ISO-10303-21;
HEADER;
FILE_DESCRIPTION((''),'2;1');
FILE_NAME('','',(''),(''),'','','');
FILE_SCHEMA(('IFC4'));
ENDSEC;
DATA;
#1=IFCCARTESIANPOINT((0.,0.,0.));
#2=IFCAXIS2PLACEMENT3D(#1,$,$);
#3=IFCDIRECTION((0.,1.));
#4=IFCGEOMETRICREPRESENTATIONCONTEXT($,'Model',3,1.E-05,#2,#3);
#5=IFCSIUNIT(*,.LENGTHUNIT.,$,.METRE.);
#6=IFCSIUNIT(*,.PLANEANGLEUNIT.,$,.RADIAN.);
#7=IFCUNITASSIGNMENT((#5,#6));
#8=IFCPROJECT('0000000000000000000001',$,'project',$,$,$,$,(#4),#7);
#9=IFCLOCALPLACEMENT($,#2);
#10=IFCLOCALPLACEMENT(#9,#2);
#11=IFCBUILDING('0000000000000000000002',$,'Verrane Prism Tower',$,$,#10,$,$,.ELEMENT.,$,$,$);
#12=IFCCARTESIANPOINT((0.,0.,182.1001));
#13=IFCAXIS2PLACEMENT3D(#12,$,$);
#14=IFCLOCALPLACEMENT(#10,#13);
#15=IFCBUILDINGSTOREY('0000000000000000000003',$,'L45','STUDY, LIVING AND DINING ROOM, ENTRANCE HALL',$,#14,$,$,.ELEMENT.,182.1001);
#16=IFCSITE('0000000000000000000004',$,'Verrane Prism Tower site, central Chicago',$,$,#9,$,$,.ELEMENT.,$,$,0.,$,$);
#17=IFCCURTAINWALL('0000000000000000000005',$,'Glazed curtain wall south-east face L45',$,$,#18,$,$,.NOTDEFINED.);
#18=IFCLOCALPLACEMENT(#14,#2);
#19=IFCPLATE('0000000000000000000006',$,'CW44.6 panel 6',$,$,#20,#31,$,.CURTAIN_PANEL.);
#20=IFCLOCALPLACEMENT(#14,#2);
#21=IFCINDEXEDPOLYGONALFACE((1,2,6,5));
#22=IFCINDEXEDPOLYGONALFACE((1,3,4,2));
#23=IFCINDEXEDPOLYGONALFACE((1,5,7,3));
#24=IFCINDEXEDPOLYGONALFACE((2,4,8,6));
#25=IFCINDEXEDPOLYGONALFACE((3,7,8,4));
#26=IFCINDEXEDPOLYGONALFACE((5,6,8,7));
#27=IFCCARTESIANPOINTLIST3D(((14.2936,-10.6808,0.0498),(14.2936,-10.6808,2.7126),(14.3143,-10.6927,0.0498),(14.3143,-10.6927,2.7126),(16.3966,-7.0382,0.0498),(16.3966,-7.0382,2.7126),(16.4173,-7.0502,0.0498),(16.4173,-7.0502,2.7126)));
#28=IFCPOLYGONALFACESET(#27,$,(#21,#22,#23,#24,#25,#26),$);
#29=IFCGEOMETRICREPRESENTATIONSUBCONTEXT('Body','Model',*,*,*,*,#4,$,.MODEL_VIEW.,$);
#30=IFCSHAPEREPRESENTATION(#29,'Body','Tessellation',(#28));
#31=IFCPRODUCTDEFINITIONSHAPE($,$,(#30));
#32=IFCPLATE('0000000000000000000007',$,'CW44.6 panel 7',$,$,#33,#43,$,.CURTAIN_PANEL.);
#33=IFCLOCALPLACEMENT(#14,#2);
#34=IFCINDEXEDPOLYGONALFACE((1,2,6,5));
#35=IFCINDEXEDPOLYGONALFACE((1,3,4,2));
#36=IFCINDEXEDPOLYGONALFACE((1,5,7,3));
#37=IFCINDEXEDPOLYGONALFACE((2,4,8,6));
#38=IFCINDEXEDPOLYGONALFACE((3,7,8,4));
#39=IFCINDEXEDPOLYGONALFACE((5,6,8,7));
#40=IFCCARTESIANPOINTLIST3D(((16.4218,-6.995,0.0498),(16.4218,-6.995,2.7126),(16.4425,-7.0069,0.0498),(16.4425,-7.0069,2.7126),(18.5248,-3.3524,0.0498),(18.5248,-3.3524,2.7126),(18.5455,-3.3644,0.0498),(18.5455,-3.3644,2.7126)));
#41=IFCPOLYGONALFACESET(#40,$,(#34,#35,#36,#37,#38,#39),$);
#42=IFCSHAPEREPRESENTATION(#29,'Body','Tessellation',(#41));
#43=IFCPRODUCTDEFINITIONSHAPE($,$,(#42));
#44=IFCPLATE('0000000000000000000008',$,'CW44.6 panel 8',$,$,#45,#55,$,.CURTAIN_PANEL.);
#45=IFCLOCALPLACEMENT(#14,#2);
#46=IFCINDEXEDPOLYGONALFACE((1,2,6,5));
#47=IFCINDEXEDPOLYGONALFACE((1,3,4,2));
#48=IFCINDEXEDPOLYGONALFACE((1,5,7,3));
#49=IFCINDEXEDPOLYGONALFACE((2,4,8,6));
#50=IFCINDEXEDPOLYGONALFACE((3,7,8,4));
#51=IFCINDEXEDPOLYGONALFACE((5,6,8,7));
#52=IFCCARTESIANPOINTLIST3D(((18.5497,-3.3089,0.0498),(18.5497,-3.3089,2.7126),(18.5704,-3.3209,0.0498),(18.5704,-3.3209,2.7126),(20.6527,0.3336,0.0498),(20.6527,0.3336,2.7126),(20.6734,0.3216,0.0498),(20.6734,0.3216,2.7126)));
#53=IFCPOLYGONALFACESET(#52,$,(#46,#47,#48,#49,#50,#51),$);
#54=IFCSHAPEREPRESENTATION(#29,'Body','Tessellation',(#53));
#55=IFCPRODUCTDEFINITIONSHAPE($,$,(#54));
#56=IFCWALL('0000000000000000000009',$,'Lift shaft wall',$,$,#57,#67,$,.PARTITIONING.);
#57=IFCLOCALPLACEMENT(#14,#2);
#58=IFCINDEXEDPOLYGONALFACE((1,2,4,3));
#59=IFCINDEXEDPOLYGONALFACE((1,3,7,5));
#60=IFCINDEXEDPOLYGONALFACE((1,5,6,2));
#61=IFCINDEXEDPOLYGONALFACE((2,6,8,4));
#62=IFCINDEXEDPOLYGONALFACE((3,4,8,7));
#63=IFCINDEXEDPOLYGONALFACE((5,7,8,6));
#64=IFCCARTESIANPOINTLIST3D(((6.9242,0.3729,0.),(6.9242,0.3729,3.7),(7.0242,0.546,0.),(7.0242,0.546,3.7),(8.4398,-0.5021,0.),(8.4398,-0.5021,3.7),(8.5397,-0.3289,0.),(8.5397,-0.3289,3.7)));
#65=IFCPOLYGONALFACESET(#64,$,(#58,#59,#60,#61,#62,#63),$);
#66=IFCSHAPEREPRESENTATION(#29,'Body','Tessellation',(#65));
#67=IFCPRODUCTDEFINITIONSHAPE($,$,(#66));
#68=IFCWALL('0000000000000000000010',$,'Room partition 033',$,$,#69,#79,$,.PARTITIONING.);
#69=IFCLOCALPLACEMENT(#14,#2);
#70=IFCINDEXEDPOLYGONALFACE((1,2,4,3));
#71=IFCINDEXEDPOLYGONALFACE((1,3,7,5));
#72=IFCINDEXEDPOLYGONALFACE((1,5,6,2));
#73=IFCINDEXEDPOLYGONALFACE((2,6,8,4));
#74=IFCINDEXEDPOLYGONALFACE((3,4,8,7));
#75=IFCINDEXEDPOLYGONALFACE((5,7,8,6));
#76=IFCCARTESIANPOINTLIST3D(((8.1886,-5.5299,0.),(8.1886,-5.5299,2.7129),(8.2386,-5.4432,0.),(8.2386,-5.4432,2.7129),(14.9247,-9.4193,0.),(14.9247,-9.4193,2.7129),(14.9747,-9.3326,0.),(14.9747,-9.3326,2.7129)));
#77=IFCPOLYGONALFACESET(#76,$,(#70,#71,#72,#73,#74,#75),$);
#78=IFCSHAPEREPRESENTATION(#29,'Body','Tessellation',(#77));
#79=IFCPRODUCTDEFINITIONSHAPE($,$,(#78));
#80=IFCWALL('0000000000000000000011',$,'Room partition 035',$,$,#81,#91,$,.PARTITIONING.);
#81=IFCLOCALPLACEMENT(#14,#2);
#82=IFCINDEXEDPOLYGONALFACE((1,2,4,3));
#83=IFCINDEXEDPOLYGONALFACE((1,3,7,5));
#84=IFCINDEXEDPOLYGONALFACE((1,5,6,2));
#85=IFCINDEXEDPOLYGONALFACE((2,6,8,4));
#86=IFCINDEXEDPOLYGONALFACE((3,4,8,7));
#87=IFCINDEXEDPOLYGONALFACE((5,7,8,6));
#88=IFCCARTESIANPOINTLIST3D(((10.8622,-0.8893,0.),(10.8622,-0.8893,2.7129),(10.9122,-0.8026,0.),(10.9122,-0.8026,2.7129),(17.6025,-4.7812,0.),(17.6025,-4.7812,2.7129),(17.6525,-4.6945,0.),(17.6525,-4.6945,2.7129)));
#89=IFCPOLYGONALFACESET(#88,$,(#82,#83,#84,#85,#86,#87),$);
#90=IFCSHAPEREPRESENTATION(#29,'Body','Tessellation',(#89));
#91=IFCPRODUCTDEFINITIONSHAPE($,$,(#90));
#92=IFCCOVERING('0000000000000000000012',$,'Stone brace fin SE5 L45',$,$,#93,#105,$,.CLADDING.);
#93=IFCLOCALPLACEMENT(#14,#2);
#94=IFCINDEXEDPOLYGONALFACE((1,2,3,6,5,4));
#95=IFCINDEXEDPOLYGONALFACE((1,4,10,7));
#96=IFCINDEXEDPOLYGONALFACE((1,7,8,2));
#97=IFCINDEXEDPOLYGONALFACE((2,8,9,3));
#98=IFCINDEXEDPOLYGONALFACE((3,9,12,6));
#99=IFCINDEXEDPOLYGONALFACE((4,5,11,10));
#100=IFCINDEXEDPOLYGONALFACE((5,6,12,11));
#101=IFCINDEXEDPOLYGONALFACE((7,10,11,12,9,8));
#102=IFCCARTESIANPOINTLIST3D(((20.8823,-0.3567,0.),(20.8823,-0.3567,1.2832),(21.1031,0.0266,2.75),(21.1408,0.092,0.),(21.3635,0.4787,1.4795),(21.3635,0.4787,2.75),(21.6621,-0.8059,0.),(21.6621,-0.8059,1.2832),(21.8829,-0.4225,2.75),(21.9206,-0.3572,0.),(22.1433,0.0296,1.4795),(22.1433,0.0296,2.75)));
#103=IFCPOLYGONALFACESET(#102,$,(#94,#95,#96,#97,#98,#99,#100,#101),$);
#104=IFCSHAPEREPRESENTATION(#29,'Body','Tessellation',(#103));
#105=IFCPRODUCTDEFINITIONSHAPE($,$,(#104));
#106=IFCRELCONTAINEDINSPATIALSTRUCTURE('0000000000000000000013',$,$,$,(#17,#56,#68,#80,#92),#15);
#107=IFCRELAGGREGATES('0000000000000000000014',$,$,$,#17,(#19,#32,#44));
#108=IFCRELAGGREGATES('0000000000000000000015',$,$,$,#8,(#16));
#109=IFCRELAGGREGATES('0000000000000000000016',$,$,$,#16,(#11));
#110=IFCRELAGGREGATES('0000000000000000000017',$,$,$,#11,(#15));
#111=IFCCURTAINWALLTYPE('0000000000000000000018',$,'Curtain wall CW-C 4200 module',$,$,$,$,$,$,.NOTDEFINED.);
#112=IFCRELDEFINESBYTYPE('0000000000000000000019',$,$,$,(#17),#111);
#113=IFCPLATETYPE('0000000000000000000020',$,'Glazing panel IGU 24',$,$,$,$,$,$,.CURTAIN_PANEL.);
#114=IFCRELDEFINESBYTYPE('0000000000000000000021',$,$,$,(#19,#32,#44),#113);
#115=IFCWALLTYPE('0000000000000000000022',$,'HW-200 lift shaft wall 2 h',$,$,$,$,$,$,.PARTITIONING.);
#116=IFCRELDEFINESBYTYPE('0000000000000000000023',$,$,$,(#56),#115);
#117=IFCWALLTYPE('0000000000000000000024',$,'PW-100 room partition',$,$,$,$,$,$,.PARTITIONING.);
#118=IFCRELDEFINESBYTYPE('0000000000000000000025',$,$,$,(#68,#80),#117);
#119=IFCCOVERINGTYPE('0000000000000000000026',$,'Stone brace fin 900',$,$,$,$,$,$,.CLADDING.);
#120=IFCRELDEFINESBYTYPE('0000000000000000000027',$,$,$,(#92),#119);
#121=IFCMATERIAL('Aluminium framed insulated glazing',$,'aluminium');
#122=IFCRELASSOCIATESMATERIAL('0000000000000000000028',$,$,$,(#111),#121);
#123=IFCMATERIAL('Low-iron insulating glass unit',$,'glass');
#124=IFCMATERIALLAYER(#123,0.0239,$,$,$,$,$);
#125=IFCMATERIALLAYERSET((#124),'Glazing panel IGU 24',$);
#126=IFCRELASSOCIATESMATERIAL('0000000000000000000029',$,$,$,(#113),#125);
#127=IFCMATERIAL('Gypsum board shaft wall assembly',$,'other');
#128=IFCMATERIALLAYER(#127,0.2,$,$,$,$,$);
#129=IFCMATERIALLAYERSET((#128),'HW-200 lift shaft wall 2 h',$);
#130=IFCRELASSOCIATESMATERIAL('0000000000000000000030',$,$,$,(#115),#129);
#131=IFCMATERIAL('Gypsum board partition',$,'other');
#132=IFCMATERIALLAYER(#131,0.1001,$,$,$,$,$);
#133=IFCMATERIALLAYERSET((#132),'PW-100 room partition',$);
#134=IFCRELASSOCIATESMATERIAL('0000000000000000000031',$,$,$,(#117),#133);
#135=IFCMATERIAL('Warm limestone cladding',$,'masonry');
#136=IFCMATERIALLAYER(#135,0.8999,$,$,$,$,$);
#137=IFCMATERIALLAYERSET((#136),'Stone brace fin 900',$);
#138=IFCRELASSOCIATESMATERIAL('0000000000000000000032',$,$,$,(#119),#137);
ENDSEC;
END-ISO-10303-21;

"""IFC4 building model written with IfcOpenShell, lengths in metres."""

from ifc_helpers import new_model, si_unit, direction, frame, frame_2d, origin, origin_2d, place, context, subcontext, project, spatial, polyline, rectangle, outline, extrude, material, layer, layer_set, type_object, element, aggregate, save


model = new_model("IFC4")

# Units and contexts
model_context = context("Model", 3, precision=1e-05, world=origin(), true_north=direction((0.0, 1.0)))
body_context = subcontext(model_context, "Body", "Model", "MODEL_VIEW")
ifc_project = project(units=[si_unit("LENGTHUNIT", "METRE"), si_unit("PLANEANGLEUNIT", "RADIAN")], contexts=[model_context])

# Site, building, storey
site_placement = place(None, origin())
site = spatial("IfcSite", under=ifc_project, at=site_placement, Name="Verrane Prism Tower site, central Chicago", CompositionType="ELEMENT", RefElevation=0.0)
building_placement = place(site_placement, origin())
building = spatial("IfcBuilding", under=site, at=building_placement, Name="Verrane Prism Tower", CompositionType="ELEMENT")
storey_placement = place(building_placement, frame((0.0, 0.0, 182.1001)))
storey = spatial("IfcBuildingStorey", under=building, at=storey_placement, Name="L45", Description="STUDY, LIVING AND DINING ROOM, ENTRANCE HALL", CompositionType="ELEMENT", Elevation=182.1001)

# Curtain wall
ifc_material_1 = material(Name="Aluminium framed insulated glazing", Category="aluminium")
curtain_wall_type = type_object("IfcCurtainWallType", Name="Curtain wall CW-C 4200 module", PredefinedType="NOTDEFINED", material=ifc_material_1)
curtain_wall_placement = place(storey_placement, origin())
curtain_wall = element("IfcCurtainWall", 1, at=curtain_wall_placement, inside=storey, type_object=curtain_wall_type, Name="Glazed curtain wall south-east face L45", PredefinedType="NOTDEFINED")

# Plates
ifc_material_2 = material(Name="Low-iron insulating glass unit", Category="glass")
ifc_layer_1 = layer(ifc_material_2, 0.0239)
ifc_layer_set_1 = layer_set([ifc_layer_1], Name="Glazing panel IGU 24")
plate_type = type_object("IfcPlateType", Name="Glazing panel IGU 24", PredefinedType="CURTAIN_PANEL", material=ifc_layer_set_1)
plate_1_placement = place(storey_placement, frame((15.3555, -8.8655, 0.0498), z_axis=(0.0, 0.0, 1.0), x_axis=(0.499999, 0.866026, 0.0)))
plate_1 = element("IfcPlate", 2, at=plate_1_placement, type_object=plate_type, Name="CW44.6 panel 6", PredefinedType="CURTAIN_PANEL", context=body_context, shape_type="SweptSolid", body=[
    extrude(rectangle(XDim=4.2061, YDim=0.0239, at=origin_2d()), origin(), (0.0, 0.0, 1.0), 2.6628),
])
plate_2_placement = place(storey_placement, frame((17.4836, -5.1797, 0.0498), z_axis=(0.0, 0.0, 1.0), x_axis=(0.499999, 0.866026, 0.0)))
plate_2 = element("IfcPlate", 3, at=plate_2_placement, type_object=plate_type, Name="CW44.6 panel 7", PredefinedType="CURTAIN_PANEL", context=body_context, shape_type="SweptSolid", body=[
    extrude(rectangle(XDim=4.2061, YDim=0.0239, at=origin_2d()), origin(), (0.0, 0.0, 1.0), 2.6628),
])
plate_3_placement = place(storey_placement, frame((19.6116, -1.4937, 0.0498), z_axis=(0.0, 0.0, 1.0), x_axis=(0.499999, 0.866026, 0.0)))
plate_3 = element("IfcPlate", 4, at=plate_3_placement, type_object=plate_type, Name="CW44.6 panel 8", PredefinedType="CURTAIN_PANEL", context=body_context, shape_type="SweptSolid", body=[
    extrude(rectangle(XDim=4.2061, YDim=0.0239, at=origin_2d()), origin(), (0.0, 0.0, 1.0), 2.6628),
])
aggregate(curtain_wall, [plate_1, plate_2, plate_3])

# Walls
ifc_material_3 = material(Name="Gypsum board shaft wall assembly", Category="other")
ifc_layer_2 = layer(ifc_material_3, 0.2)
ifc_layer_set_2 = layer_set([ifc_layer_2], Name="HW-200 lift shaft wall 2 h")
wall_type_1 = type_object("IfcWallType", Name="HW-200 lift shaft wall 2 h", PredefinedType="PARTITIONING", material=ifc_layer_set_2)
wall_1_placement = place(storey_placement, frame((8.4897, -0.4155, 0.0), z_axis=(0.0, 0.0, 1.0), x_axis=(-0.866037, 0.49998, 0.0)))
element("IfcWall", 5, at=wall_1_placement, inside=storey, type_object=wall_type_1, Name="Lift shaft wall", PredefinedType="PARTITIONING", context=body_context, shape_type="SweptSolid", body=[
    extrude(rectangle(XDim=1.75, YDim=0.2, at=frame_2d((0.875, 0.0))), origin(), (0.0, 0.0, 1.0), 3.7),
])
ifc_material_4 = material(Name="Gypsum board partition", Category="other")
ifc_layer_3 = layer(ifc_material_4, 0.1001)
ifc_layer_set_3 = layer_set([ifc_layer_3], Name="PW-100 room partition")
wall_type_2 = type_object("IfcWallType", Name="PW-100 room partition", PredefinedType="PARTITIONING", material=ifc_layer_set_3)
wall_2_placement = place(storey_placement, frame((8.2136, -5.4866, 0.0), z_axis=(0.0, 0.0, 1.0), x_axis=(0.866007, -0.500031, 0.0)))
element("IfcWall", 6, at=wall_2_placement, inside=storey, type_object=wall_type_2, Name="Room partition 033", PredefinedType="PARTITIONING", context=body_context, shape_type="SweptSolid", body=[
    extrude(rectangle(XDim=7.7783, YDim=0.1001, at=frame_2d((3.8892, 0.0))), origin(), (0.0, 0.0, 1.0), 2.7129),
])
wall_3_placement = place(storey_placement, frame((10.8872, -0.8459, 0.0), z_axis=(0.0, 0.0, 1.0), x_axis=(0.866005, -0.500036, 0.0)))
element("IfcWall", 7, at=wall_3_placement, inside=storey, type_object=wall_type_2, Name="Room partition 035", PredefinedType="PARTITIONING", context=body_context, shape_type="SweptSolid", body=[
    extrude(rectangle(XDim=7.7832, YDim=0.1001, at=frame_2d((3.8916, 0.0))), origin(), (0.0, 0.0, 1.0), 2.7129),
])

# Covering
ifc_material_5 = material(Name="Warm limestone cladding", Category="masonry")
ifc_layer_4 = layer(ifc_material_5, 0.8999)
ifc_layer_set_4 = layer_set([ifc_layer_4], Name="Stone brace fin 900")
covering_type = type_object("IfcCoveringType", Name="Stone brace fin 900", PredefinedType="CLADDING", material=ifc_layer_set_4)
covering_placement = place(storey_placement, frame((21.2722, -0.5813, 0.0), z_axis=(0.0, 0.0, 1.0), x_axis=(0.499109, 0.866539, 0.0)))
element("IfcCovering", 8, at=covering_placement, inside=storey, type_object=covering_type, Name="Stone brace fin SE5 L45", PredefinedType="CLADDING", context=body_context, shape_type="SweptSolid", body=[
    extrude(outline(polyline([(0.9641, 2.75), (0.4424, 2.75), (0.0, 1.2832), (0.0, 0.0), (0.5178, 0.0), (0.9641, 1.4795), (0.9641, 2.75)])), frame((0.0, 0.45, 0.0), z_axis=(0.0, -1.0, 0.0), x_axis=(1.0, 0.0, 0.0)), (0.0, 0.0, 1.0), 0.8999),
])

save(model, "model.ifc")
